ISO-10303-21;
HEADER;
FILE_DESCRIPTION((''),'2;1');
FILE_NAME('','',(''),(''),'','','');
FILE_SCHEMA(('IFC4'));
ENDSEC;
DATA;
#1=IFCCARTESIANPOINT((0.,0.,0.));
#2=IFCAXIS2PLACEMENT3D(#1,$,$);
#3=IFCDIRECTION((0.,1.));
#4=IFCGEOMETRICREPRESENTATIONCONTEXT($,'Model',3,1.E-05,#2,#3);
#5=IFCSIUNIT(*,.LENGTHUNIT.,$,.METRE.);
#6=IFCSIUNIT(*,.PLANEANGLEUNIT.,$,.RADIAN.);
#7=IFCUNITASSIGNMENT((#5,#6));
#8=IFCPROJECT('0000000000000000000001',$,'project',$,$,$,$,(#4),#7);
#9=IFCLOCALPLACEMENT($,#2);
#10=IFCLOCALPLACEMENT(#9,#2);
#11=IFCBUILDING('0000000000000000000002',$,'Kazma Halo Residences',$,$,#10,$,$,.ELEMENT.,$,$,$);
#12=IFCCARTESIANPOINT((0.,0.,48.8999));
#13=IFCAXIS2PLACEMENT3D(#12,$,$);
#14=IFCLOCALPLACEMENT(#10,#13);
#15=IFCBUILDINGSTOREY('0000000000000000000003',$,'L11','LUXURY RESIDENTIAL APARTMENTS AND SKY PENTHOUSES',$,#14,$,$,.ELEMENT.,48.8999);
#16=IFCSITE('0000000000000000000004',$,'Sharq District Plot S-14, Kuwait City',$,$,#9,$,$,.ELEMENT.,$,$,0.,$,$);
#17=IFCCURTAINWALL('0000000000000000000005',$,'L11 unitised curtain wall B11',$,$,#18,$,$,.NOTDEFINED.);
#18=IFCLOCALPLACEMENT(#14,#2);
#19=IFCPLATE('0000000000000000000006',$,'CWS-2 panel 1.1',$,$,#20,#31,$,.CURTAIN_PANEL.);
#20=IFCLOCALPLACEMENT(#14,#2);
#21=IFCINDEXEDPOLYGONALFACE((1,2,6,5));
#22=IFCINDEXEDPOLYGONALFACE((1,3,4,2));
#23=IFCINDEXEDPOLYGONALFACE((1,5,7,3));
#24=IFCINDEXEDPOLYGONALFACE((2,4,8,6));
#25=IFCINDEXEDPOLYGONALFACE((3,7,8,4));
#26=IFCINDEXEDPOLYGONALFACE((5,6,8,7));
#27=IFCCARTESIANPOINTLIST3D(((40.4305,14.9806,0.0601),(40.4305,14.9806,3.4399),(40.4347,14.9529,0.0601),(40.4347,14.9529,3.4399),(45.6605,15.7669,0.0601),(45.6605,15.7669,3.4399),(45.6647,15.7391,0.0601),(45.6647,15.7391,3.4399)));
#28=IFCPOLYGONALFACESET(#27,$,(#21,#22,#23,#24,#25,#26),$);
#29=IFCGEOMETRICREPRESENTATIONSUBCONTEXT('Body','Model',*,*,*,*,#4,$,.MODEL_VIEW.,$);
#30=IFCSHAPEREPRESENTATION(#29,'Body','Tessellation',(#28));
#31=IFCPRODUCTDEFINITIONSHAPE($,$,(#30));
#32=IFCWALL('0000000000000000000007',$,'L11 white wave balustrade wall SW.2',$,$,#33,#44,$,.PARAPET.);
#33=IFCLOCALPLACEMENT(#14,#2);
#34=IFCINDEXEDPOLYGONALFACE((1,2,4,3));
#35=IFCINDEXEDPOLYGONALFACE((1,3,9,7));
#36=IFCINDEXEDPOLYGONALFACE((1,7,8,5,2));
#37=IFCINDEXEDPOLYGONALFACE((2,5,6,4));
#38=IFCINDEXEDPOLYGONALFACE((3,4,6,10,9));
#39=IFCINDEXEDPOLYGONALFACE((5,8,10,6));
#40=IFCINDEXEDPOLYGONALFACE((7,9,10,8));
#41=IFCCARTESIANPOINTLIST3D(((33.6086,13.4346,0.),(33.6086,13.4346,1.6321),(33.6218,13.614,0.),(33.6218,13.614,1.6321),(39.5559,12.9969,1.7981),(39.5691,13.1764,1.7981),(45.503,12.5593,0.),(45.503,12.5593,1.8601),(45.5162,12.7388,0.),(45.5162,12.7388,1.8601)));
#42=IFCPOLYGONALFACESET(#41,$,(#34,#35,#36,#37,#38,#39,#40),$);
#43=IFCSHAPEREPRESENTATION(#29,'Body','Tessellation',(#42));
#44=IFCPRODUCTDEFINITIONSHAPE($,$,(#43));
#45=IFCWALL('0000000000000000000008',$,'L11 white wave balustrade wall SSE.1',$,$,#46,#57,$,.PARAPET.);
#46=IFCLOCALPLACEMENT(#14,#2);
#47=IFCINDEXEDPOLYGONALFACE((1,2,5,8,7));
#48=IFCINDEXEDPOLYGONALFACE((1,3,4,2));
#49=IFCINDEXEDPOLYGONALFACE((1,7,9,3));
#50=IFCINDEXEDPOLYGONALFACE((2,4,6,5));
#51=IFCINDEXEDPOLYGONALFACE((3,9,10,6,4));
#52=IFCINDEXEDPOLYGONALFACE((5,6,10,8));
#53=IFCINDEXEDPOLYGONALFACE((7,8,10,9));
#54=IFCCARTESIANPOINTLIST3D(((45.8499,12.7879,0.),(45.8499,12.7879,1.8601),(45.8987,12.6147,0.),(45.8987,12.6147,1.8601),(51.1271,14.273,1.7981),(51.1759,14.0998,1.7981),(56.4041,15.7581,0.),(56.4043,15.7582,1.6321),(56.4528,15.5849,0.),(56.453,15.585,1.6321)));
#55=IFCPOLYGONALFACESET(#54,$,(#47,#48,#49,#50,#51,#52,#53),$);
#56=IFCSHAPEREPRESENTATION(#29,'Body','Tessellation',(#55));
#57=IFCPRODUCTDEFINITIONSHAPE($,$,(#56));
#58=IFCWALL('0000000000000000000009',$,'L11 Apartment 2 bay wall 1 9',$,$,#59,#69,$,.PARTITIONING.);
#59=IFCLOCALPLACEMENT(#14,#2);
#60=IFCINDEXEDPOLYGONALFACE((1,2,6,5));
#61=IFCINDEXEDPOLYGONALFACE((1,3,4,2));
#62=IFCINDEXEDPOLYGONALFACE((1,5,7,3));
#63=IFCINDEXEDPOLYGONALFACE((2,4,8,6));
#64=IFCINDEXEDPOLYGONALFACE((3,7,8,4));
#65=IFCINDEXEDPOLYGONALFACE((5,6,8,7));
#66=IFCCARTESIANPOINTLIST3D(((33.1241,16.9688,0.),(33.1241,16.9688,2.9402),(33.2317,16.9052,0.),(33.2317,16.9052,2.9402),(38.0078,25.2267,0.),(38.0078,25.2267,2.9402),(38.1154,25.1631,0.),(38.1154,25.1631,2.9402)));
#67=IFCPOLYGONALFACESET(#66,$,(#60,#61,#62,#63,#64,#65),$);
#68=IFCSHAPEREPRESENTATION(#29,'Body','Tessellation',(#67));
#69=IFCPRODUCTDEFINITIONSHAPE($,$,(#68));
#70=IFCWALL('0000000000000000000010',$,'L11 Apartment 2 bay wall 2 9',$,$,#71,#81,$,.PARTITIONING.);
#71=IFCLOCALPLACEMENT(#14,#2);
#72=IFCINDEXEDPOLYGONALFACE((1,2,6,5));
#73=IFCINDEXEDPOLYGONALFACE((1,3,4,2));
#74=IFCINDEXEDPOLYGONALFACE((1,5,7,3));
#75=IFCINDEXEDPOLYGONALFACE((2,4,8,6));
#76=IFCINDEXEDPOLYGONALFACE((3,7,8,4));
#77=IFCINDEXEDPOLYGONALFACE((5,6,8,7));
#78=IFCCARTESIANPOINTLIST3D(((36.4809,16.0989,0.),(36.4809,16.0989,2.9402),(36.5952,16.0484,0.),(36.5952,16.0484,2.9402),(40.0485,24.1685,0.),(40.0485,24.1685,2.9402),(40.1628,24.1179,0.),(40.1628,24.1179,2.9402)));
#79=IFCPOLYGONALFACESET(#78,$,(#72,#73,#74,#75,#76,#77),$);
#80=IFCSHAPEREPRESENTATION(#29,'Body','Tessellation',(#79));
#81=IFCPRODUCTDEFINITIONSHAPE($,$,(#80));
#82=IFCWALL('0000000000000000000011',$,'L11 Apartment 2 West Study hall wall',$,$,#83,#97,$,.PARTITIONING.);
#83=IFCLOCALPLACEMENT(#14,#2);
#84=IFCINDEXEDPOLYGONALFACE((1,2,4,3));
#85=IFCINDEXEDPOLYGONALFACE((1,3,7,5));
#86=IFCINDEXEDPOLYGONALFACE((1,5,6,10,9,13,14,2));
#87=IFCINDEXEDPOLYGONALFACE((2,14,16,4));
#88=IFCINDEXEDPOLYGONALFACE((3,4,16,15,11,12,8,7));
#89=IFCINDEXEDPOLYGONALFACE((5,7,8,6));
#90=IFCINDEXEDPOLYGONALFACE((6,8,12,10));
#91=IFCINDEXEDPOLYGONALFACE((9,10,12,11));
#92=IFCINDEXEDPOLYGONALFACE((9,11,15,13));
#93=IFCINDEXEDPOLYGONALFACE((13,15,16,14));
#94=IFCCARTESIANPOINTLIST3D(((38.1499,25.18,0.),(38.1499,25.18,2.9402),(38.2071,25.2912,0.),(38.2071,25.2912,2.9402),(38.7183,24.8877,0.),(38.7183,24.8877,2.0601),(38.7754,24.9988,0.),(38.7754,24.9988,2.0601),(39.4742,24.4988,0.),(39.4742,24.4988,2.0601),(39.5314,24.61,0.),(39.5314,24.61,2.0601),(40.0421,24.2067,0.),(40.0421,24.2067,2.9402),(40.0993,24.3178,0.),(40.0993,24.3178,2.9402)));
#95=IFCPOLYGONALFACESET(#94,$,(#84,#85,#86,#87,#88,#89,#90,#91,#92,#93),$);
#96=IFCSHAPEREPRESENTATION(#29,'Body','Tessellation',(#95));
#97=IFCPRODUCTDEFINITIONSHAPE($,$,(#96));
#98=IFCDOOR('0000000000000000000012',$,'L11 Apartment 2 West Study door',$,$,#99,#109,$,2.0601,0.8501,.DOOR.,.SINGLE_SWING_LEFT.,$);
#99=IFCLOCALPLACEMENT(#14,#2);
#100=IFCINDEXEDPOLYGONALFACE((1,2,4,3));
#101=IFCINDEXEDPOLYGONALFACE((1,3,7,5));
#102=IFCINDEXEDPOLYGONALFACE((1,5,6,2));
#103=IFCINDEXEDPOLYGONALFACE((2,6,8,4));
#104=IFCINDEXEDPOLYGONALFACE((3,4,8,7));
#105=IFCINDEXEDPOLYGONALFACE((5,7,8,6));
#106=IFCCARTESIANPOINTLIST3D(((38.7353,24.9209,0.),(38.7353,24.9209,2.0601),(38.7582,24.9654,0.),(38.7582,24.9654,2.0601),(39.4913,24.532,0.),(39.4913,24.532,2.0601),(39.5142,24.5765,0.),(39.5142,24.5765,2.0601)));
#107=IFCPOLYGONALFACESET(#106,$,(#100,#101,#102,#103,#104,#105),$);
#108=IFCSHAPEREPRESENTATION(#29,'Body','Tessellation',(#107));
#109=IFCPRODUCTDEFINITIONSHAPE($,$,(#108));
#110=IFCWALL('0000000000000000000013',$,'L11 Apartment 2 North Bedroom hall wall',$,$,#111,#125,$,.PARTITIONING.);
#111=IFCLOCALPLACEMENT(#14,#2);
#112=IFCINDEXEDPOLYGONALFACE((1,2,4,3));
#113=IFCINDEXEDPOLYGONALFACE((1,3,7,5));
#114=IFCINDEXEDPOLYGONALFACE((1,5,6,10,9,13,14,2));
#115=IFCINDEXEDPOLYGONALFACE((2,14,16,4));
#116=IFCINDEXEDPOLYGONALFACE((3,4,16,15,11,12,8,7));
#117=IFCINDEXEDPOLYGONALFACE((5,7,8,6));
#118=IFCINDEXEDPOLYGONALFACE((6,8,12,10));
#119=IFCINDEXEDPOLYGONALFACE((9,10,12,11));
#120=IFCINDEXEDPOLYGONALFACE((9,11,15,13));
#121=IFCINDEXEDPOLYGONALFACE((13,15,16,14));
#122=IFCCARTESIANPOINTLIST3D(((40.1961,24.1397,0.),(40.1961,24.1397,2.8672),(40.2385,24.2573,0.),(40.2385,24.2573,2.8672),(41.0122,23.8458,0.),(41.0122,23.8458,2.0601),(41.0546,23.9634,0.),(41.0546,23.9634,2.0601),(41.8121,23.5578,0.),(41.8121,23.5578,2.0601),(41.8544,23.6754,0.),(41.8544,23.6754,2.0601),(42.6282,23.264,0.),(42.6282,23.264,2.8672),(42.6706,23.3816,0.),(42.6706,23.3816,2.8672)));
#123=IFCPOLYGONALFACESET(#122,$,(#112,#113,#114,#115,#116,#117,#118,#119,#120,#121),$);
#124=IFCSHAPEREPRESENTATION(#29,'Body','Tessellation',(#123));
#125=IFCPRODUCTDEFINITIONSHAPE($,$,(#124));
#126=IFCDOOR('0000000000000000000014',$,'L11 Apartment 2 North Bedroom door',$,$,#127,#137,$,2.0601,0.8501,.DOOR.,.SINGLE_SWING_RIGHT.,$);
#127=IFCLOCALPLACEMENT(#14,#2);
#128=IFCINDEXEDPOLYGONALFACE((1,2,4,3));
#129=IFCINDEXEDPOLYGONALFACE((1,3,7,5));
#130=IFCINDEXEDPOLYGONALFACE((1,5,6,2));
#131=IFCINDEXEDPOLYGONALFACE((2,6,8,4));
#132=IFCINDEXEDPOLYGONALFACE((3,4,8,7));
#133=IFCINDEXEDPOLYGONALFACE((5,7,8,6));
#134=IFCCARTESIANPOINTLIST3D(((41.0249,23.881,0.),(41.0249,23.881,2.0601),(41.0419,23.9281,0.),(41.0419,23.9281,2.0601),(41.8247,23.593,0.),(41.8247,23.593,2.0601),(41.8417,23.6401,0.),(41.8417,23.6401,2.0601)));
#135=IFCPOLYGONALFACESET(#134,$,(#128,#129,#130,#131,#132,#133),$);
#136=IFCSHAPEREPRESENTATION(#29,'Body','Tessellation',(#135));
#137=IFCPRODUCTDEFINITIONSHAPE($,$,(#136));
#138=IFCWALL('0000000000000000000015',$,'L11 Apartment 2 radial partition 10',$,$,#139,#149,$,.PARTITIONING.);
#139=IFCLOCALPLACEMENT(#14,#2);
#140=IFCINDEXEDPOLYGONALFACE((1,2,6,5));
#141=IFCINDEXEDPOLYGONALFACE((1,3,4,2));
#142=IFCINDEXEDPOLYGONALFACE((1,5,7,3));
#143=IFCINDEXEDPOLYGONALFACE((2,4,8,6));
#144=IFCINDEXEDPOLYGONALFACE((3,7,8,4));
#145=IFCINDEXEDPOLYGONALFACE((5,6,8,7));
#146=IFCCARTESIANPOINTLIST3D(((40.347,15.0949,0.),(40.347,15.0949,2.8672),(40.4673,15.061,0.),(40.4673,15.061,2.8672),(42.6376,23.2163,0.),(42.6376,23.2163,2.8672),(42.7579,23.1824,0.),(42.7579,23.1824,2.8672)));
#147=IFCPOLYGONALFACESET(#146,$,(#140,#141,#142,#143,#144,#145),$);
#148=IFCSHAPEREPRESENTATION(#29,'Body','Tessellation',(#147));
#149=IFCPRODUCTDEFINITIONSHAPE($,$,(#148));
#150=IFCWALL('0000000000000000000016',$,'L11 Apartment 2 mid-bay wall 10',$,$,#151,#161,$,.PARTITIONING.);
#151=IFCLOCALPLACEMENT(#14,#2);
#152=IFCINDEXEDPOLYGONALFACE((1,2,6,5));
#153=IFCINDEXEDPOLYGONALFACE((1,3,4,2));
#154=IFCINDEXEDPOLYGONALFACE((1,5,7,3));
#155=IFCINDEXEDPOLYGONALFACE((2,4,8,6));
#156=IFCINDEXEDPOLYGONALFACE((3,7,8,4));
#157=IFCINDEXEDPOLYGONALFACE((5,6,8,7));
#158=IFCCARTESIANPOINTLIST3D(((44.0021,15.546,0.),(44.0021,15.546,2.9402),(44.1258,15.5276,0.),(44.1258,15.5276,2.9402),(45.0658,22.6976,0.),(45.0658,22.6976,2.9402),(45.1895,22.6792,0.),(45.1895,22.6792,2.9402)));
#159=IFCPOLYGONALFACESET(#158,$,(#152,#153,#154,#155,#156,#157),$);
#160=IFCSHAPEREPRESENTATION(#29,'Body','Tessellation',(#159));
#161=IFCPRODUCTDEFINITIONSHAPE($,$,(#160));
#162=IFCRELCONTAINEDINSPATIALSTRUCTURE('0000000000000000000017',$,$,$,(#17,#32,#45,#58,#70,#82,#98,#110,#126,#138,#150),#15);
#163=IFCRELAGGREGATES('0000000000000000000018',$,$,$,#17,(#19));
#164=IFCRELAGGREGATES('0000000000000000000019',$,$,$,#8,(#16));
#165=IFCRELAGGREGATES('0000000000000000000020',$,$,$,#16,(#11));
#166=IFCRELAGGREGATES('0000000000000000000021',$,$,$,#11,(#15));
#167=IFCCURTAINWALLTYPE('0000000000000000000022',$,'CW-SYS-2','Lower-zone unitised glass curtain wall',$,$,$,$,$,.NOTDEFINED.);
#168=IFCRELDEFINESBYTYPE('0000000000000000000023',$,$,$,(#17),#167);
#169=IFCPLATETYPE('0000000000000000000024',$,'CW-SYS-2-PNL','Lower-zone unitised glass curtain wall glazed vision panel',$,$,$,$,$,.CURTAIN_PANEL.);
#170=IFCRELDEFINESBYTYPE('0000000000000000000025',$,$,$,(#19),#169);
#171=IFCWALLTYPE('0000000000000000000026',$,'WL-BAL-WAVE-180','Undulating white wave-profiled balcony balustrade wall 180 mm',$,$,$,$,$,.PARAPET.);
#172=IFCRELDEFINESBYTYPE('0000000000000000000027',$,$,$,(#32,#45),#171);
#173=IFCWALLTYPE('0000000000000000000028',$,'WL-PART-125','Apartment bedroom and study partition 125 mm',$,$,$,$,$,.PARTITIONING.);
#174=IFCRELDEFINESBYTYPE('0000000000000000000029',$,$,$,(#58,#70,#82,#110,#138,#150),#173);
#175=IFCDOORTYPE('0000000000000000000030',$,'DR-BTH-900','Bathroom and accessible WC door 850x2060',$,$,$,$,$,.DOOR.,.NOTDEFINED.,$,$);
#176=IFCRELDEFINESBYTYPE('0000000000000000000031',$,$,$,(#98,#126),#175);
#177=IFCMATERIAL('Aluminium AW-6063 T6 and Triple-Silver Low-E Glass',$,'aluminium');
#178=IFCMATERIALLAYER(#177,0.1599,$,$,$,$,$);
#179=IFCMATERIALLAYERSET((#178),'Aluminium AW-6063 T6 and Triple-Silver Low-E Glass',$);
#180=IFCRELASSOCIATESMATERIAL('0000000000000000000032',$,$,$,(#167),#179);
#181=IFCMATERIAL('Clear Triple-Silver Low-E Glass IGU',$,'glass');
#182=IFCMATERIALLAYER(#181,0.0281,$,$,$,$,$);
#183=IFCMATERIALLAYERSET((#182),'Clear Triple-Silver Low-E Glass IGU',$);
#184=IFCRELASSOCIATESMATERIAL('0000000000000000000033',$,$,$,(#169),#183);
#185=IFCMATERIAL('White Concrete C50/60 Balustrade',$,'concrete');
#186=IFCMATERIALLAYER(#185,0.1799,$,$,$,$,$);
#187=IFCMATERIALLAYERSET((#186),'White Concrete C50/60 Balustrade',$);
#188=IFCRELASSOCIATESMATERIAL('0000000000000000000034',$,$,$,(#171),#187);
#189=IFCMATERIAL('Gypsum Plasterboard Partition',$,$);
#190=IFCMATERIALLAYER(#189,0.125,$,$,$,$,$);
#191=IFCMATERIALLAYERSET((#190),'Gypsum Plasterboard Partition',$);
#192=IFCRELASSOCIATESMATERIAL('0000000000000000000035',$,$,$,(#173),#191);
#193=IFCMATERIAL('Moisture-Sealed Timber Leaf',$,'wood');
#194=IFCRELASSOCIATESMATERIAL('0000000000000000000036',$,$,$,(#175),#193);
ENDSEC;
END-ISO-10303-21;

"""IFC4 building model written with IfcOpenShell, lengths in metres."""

from ifc_helpers import new_model, si_unit, direction, frame, frame_2d, origin, origin_2d, place, context, subcontext, project, spatial, polyline, rectangle, outline, extrude, material, layer, layer_set, type_object, element, fill, aggregate, save


model = new_model("IFC4")

# Units and contexts
model_context = context("Model", 3, precision=1e-05, world=origin(), true_north=direction((0.0, 1.0)))
body_context = subcontext(model_context, "Body", "Model", "MODEL_VIEW")
ifc_project = project(units=[si_unit("LENGTHUNIT", "METRE"), si_unit("PLANEANGLEUNIT", "RADIAN")], contexts=[model_context])

# Site, building, storey
site_placement = place(None, origin())
site = spatial("IfcSite", under=ifc_project, at=site_placement, Name="Sharq District Plot S-14, Kuwait City", CompositionType="ELEMENT", RefElevation=0.0)
building_placement = place(site_placement, origin())
building = spatial("IfcBuilding", under=site, at=building_placement, Name="Kazma Halo Residences", CompositionType="ELEMENT")
storey_placement = place(building_placement, frame((0.0, 0.0, 48.8999)))
storey = spatial("IfcBuildingStorey", under=building, at=storey_placement, Name="L11", Description="LUXURY RESIDENTIAL APARTMENTS AND SKY PENTHOUSES", CompositionType="ELEMENT", Elevation=48.8999)

# Curtain wall, plate
ifc_material_1 = material(Name="Aluminium AW-6063 T6 and Triple-Silver Low-E Glass", Category="aluminium")
ifc_layer_1 = layer(ifc_material_1, 0.1599)
ifc_layer_set_1 = layer_set([ifc_layer_1], Name="Aluminium AW-6063 T6 and Triple-Silver Low-E Glass")
curtain_wall_type = type_object("IfcCurtainWallType", Name="CW-SYS-2", Description="Lower-zone unitised glass curtain wall", PredefinedType="NOTDEFINED", material=ifc_layer_set_1)
curtain_wall_placement = place(storey_placement, origin())
curtain_wall = element("IfcCurtainWall", 1, at=curtain_wall_placement, inside=storey, type_object=curtain_wall_type, Name="L11 unitised curtain wall B11", PredefinedType="NOTDEFINED")
ifc_material_2 = material(Name="Clear Triple-Silver Low-E Glass IGU", Category="glass")
ifc_layer_2 = layer(ifc_material_2, 0.0281)
ifc_layer_set_2 = layer_set([ifc_layer_2], Name="Clear Triple-Silver Low-E Glass IGU")
plate_type = type_object("IfcPlateType", Name="CW-SYS-2-PNL", Description="Lower-zone unitised glass curtain wall glazed vision panel", PredefinedType="CURTAIN_PANEL", material=ifc_layer_set_2)
plate_placement = place(storey_placement, frame((43.0476, 15.3599, 0.0601), z_axis=(0.0, 0.0, 1.0), x_axis=(0.988889, 0.148657, 0.0)))
plate = element("IfcPlate", 2, at=plate_placement, type_object=plate_type, Name="CWS-2 panel 1.1", PredefinedType="CURTAIN_PANEL", context=body_context, shape_type="SweptSolid", body=[
    extrude(rectangle(XDim=5.2888, YDim=0.0281, at=origin_2d()), origin(), (0.0, 0.0, 1.0), 3.3799),
])
aggregate(curtain_wall, [plate])

# Walls
ifc_material_3 = material(Name="White Concrete C50/60 Balustrade", Category="concrete")
ifc_layer_3 = layer(ifc_material_3, 0.1799)
ifc_layer_set_3 = layer_set([ifc_layer_3], Name="White Concrete C50/60 Balustrade")
wall_type_1 = type_object("IfcWallType", Name="WL-BAL-WAVE-180", Description="Undulating white wave-profiled balcony balustrade wall 180 mm", PredefinedType="PARAPET", material=ifc_layer_set_3)
wall_1_placement = place(storey_placement, frame((33.6152, 13.5244, 0.0), z_axis=(0.0, 0.0, 1.0), x_axis=(0.997304, -0.073387, 0.0)))
element("IfcWall", 3, at=wall_1_placement, inside=storey, type_object=wall_type_1, Name="L11 white wave balustrade wall SW.2", PredefinedType="PARAPET", context=body_context, shape_type="SweptSolid", body=[
    extrude(outline(polyline([(0.0, 0.0), (11.9265, 0.0), (11.9265, 1.8601), (5.9634, 1.7981), (0.0, 1.6321), (0.0, 0.0)])), frame((0.0, 0.0898, 0.0), z_axis=(0.0, -1.0, 0.0), x_axis=(1.0, 0.0, 0.0)), (0.0, 0.0, 1.0), 0.1799),
])
wall_2_placement = place(storey_placement, frame((45.8743, 12.7014, 0.0), z_axis=(0.0, 0.0, 1.0), x_axis=(0.962607, 0.270902, 0.0)))
element("IfcWall", 4, at=wall_2_placement, inside=storey, type_object=wall_type_1, Name="L11 white wave balustrade wall SSE.1", PredefinedType="PARAPET", context=body_context, shape_type="SweptSolid", body=[
    extrude(outline(polyline([(0.0, 0.0), (10.9641, 0.0), (10.9644, 1.6321), (5.4822, 1.7981), (0.0, 1.8601), (0.0, 0.0)])), frame((0.0, 0.0898, 0.0), z_axis=(0.0, -1.0, 0.0), x_axis=(1.0, 0.0, 0.0)), (0.0, 0.0, 1.0), 0.1799),
])
ifc_material_4 = material(Name="Gypsum Plasterboard Partition")
ifc_layer_4 = layer(ifc_material_4, 0.125)
ifc_layer_set_4 = layer_set([ifc_layer_4], Name="Gypsum Plasterboard Partition")
wall_type_2 = type_object("IfcWallType", Name="WL-PART-125", Description="Apartment bedroom and study partition 125 mm", PredefinedType="PARTITIONING", material=ifc_layer_set_4)
wall_3_placement = place(storey_placement, frame((38.0615, 25.1948, 0.0), z_axis=(0.0, 0.0, 1.0), x_axis=(-0.50904, -0.860743, 0.0)))
element("IfcWall", 5, at=wall_3_placement, inside=storey, type_object=wall_type_2, Name="L11 Apartment 2 bay wall 1 9", PredefinedType="PARTITIONING", context=body_context, shape_type="SweptSolid", body=[
    extrude(rectangle(XDim=9.594, YDim=0.125, at=frame_2d((4.7969, 0.0))), origin(), (0.0, 0.0, 1.0), 2.9402),
])
wall_4_placement = place(storey_placement, frame((40.1057, 24.1433, 0.0), z_axis=(0.0, 0.0, 1.0), x_axis=(-0.404353, -0.914603, 0.0)))
element("IfcWall", 6, at=wall_4_placement, inside=storey, type_object=wall_type_2, Name="L11 Apartment 2 bay wall 2 9", PredefinedType="PARTITIONING", context=body_context, shape_type="SweptSolid", body=[
    extrude(rectangle(XDim=8.823, YDim=0.125, at=frame_2d((4.4116, 0.0))), origin(), (0.0, 0.0, 1.0), 2.9402),
])

# Walls, openings, doors
wall_5_placement = place(storey_placement, frame((38.1785, 25.2356, 0.0), z_axis=(0.0, 0.0, 1.0), x_axis=(0.889252, -0.457418, 0.0)))
wall_5 = element("IfcWall", 7, at=wall_5_placement, inside=storey, type_object=wall_type_2, Name="L11 Apartment 2 West Study hall wall", PredefinedType="PARTITIONING", context=body_context, shape_type="SweptSolid", body=[
    extrude(rectangle(XDim=2.1279, YDim=0.125, at=frame_2d((1.064, 0.0))), origin(), (0.0, 0.0, 1.0), 2.9402),
])
opening_1_placement = place(wall_5_placement, frame((0.6392, 0.0, 0.0)))
opening_1 = element("IfcOpeningElement", 8, at=opening_1_placement, cuts=wall_5, PredefinedType="OPENING", context=body_context, shape_type="SweptSolid", body=[
    extrude(rectangle(XDim=0.8501, YDim=2.0601, at=frame_2d((0.425, 1.03))), frame((0.0, 0.0725, 0.0), z_axis=(0.0, -1.0, 0.0), x_axis=(1.0, 0.0, 0.0)), (0.0, 0.0, 1.0), 0.145),
])
ifc_material_5 = material(Name="Moisture-Sealed Timber Leaf", Category="wood")
door_type_1 = type_object("IfcDoorType", Name="DR-BTH-900", Description="Bathroom and accessible WC door 850x2060", OperationType="NOTDEFINED", PredefinedType="DOOR", material=ifc_material_5)
door_1_placement = place(opening_1_placement, origin())
door_1 = element("IfcDoor", 9, at=door_1_placement, inside=storey, type_object=door_type_1, Name="L11 Apartment 2 West Study door", OperationType="SINGLE_SWING_LEFT", OverallHeight=2.0601, OverallWidth=0.8501, PredefinedType="DOOR", context=body_context, shape_type="SweptSolid", body=[
    extrude(rectangle(XDim=0.8501, YDim=2.0601, at=frame_2d((0.425, 1.03))), frame((0.0, 0.0249, 0.0), z_axis=(0.0, -1.0, 0.0), x_axis=(1.0, 0.0, 0.0)), (0.0, 0.0, 1.0), 0.05),
])
fill(opening_1, door_1)
wall_6_placement = place(storey_placement, frame((40.2173, 24.1985, 0.0), z_axis=(0.0, 0.0, 1.0), x_axis=(0.940867, -0.338776, 0.0)))
wall_6 = element("IfcWall", 10, at=wall_6_placement, inside=storey, type_object=wall_type_2, Name="L11 Apartment 2 North Bedroom hall wall", PredefinedType="PARTITIONING", context=body_context, shape_type="SweptSolid", body=[
    extrude(rectangle(XDim=2.585, YDim=0.125, at=frame_2d((1.2925, 0.0))), origin(), (0.0, 0.0, 1.0), 2.8672),
])
opening_2_placement = place(wall_6_placement, frame((0.8674, 0.0, 0.0)))
opening_2 = element("IfcOpeningElement", 11, at=opening_2_placement, cuts=wall_6, PredefinedType="OPENING", context=body_context, shape_type="SweptSolid", body=[
    extrude(rectangle(XDim=0.8501, YDim=2.0601, at=frame_2d((0.425, 1.03))), frame((0.0, 0.0725, 0.0), z_axis=(0.0, -1.0, 0.0), x_axis=(1.0, 0.0, 0.0)), (0.0, 0.0, 1.0), 0.145),
])
door_2_placement = place(opening_2_placement, origin())
door_2 = element("IfcDoor", 12, at=door_2_placement, inside=storey, type_object=door_type_1, Name="L11 Apartment 2 North Bedroom door", OperationType="SINGLE_SWING_RIGHT", OverallHeight=2.0601, OverallWidth=0.8501, PredefinedType="DOOR", context=body_context, shape_type="SweptSolid", body=[
    extrude(rectangle(XDim=0.8501, YDim=2.0601, at=frame_2d((0.425, 1.03))), frame((0.0, 0.0249, 0.0), z_axis=(0.0, -1.0, 0.0), x_axis=(1.0, 0.0, 0.0)), (0.0, 0.0, 1.0), 0.05),
])
fill(opening_2, door_2)

# Walls
wall_7_placement = place(storey_placement, frame((42.6978, 23.1995, 0.0), z_axis=(0.0, 0.0, 1.0), x_axis=(-0.271448, -0.962453, 0.0)))
element("IfcWall", 13, at=wall_7_placement, inside=storey, type_object=wall_type_2, Name="L11 Apartment 2 radial partition 10", PredefinedType="PARTITIONING", context=body_context, shape_type="SweptSolid", body=[
    extrude(rectangle(XDim=8.4382, YDim=0.125, at=frame_2d((4.2192, 0.0))), origin(), (0.0, 0.0, 1.0), 2.8672),
])
wall_8_placement = place(storey_placement, frame((45.1277, 22.6885, 0.0), z_axis=(0.0, 0.0, 1.0), x_axis=(-0.14712, -0.989119, 0.0)))
element("IfcWall", 14, at=wall_8_placement, inside=storey, type_object=wall_type_2, Name="L11 Apartment 2 mid-bay wall 10", PredefinedType="PARTITIONING", context=body_context, shape_type="SweptSolid", body=[
    extrude(rectangle(XDim=7.2302, YDim=0.125, at=frame_2d((3.6152, 0.0))), origin(), (0.0, 0.0, 1.0), 2.9402),
])

save(model, "model.ifc")
